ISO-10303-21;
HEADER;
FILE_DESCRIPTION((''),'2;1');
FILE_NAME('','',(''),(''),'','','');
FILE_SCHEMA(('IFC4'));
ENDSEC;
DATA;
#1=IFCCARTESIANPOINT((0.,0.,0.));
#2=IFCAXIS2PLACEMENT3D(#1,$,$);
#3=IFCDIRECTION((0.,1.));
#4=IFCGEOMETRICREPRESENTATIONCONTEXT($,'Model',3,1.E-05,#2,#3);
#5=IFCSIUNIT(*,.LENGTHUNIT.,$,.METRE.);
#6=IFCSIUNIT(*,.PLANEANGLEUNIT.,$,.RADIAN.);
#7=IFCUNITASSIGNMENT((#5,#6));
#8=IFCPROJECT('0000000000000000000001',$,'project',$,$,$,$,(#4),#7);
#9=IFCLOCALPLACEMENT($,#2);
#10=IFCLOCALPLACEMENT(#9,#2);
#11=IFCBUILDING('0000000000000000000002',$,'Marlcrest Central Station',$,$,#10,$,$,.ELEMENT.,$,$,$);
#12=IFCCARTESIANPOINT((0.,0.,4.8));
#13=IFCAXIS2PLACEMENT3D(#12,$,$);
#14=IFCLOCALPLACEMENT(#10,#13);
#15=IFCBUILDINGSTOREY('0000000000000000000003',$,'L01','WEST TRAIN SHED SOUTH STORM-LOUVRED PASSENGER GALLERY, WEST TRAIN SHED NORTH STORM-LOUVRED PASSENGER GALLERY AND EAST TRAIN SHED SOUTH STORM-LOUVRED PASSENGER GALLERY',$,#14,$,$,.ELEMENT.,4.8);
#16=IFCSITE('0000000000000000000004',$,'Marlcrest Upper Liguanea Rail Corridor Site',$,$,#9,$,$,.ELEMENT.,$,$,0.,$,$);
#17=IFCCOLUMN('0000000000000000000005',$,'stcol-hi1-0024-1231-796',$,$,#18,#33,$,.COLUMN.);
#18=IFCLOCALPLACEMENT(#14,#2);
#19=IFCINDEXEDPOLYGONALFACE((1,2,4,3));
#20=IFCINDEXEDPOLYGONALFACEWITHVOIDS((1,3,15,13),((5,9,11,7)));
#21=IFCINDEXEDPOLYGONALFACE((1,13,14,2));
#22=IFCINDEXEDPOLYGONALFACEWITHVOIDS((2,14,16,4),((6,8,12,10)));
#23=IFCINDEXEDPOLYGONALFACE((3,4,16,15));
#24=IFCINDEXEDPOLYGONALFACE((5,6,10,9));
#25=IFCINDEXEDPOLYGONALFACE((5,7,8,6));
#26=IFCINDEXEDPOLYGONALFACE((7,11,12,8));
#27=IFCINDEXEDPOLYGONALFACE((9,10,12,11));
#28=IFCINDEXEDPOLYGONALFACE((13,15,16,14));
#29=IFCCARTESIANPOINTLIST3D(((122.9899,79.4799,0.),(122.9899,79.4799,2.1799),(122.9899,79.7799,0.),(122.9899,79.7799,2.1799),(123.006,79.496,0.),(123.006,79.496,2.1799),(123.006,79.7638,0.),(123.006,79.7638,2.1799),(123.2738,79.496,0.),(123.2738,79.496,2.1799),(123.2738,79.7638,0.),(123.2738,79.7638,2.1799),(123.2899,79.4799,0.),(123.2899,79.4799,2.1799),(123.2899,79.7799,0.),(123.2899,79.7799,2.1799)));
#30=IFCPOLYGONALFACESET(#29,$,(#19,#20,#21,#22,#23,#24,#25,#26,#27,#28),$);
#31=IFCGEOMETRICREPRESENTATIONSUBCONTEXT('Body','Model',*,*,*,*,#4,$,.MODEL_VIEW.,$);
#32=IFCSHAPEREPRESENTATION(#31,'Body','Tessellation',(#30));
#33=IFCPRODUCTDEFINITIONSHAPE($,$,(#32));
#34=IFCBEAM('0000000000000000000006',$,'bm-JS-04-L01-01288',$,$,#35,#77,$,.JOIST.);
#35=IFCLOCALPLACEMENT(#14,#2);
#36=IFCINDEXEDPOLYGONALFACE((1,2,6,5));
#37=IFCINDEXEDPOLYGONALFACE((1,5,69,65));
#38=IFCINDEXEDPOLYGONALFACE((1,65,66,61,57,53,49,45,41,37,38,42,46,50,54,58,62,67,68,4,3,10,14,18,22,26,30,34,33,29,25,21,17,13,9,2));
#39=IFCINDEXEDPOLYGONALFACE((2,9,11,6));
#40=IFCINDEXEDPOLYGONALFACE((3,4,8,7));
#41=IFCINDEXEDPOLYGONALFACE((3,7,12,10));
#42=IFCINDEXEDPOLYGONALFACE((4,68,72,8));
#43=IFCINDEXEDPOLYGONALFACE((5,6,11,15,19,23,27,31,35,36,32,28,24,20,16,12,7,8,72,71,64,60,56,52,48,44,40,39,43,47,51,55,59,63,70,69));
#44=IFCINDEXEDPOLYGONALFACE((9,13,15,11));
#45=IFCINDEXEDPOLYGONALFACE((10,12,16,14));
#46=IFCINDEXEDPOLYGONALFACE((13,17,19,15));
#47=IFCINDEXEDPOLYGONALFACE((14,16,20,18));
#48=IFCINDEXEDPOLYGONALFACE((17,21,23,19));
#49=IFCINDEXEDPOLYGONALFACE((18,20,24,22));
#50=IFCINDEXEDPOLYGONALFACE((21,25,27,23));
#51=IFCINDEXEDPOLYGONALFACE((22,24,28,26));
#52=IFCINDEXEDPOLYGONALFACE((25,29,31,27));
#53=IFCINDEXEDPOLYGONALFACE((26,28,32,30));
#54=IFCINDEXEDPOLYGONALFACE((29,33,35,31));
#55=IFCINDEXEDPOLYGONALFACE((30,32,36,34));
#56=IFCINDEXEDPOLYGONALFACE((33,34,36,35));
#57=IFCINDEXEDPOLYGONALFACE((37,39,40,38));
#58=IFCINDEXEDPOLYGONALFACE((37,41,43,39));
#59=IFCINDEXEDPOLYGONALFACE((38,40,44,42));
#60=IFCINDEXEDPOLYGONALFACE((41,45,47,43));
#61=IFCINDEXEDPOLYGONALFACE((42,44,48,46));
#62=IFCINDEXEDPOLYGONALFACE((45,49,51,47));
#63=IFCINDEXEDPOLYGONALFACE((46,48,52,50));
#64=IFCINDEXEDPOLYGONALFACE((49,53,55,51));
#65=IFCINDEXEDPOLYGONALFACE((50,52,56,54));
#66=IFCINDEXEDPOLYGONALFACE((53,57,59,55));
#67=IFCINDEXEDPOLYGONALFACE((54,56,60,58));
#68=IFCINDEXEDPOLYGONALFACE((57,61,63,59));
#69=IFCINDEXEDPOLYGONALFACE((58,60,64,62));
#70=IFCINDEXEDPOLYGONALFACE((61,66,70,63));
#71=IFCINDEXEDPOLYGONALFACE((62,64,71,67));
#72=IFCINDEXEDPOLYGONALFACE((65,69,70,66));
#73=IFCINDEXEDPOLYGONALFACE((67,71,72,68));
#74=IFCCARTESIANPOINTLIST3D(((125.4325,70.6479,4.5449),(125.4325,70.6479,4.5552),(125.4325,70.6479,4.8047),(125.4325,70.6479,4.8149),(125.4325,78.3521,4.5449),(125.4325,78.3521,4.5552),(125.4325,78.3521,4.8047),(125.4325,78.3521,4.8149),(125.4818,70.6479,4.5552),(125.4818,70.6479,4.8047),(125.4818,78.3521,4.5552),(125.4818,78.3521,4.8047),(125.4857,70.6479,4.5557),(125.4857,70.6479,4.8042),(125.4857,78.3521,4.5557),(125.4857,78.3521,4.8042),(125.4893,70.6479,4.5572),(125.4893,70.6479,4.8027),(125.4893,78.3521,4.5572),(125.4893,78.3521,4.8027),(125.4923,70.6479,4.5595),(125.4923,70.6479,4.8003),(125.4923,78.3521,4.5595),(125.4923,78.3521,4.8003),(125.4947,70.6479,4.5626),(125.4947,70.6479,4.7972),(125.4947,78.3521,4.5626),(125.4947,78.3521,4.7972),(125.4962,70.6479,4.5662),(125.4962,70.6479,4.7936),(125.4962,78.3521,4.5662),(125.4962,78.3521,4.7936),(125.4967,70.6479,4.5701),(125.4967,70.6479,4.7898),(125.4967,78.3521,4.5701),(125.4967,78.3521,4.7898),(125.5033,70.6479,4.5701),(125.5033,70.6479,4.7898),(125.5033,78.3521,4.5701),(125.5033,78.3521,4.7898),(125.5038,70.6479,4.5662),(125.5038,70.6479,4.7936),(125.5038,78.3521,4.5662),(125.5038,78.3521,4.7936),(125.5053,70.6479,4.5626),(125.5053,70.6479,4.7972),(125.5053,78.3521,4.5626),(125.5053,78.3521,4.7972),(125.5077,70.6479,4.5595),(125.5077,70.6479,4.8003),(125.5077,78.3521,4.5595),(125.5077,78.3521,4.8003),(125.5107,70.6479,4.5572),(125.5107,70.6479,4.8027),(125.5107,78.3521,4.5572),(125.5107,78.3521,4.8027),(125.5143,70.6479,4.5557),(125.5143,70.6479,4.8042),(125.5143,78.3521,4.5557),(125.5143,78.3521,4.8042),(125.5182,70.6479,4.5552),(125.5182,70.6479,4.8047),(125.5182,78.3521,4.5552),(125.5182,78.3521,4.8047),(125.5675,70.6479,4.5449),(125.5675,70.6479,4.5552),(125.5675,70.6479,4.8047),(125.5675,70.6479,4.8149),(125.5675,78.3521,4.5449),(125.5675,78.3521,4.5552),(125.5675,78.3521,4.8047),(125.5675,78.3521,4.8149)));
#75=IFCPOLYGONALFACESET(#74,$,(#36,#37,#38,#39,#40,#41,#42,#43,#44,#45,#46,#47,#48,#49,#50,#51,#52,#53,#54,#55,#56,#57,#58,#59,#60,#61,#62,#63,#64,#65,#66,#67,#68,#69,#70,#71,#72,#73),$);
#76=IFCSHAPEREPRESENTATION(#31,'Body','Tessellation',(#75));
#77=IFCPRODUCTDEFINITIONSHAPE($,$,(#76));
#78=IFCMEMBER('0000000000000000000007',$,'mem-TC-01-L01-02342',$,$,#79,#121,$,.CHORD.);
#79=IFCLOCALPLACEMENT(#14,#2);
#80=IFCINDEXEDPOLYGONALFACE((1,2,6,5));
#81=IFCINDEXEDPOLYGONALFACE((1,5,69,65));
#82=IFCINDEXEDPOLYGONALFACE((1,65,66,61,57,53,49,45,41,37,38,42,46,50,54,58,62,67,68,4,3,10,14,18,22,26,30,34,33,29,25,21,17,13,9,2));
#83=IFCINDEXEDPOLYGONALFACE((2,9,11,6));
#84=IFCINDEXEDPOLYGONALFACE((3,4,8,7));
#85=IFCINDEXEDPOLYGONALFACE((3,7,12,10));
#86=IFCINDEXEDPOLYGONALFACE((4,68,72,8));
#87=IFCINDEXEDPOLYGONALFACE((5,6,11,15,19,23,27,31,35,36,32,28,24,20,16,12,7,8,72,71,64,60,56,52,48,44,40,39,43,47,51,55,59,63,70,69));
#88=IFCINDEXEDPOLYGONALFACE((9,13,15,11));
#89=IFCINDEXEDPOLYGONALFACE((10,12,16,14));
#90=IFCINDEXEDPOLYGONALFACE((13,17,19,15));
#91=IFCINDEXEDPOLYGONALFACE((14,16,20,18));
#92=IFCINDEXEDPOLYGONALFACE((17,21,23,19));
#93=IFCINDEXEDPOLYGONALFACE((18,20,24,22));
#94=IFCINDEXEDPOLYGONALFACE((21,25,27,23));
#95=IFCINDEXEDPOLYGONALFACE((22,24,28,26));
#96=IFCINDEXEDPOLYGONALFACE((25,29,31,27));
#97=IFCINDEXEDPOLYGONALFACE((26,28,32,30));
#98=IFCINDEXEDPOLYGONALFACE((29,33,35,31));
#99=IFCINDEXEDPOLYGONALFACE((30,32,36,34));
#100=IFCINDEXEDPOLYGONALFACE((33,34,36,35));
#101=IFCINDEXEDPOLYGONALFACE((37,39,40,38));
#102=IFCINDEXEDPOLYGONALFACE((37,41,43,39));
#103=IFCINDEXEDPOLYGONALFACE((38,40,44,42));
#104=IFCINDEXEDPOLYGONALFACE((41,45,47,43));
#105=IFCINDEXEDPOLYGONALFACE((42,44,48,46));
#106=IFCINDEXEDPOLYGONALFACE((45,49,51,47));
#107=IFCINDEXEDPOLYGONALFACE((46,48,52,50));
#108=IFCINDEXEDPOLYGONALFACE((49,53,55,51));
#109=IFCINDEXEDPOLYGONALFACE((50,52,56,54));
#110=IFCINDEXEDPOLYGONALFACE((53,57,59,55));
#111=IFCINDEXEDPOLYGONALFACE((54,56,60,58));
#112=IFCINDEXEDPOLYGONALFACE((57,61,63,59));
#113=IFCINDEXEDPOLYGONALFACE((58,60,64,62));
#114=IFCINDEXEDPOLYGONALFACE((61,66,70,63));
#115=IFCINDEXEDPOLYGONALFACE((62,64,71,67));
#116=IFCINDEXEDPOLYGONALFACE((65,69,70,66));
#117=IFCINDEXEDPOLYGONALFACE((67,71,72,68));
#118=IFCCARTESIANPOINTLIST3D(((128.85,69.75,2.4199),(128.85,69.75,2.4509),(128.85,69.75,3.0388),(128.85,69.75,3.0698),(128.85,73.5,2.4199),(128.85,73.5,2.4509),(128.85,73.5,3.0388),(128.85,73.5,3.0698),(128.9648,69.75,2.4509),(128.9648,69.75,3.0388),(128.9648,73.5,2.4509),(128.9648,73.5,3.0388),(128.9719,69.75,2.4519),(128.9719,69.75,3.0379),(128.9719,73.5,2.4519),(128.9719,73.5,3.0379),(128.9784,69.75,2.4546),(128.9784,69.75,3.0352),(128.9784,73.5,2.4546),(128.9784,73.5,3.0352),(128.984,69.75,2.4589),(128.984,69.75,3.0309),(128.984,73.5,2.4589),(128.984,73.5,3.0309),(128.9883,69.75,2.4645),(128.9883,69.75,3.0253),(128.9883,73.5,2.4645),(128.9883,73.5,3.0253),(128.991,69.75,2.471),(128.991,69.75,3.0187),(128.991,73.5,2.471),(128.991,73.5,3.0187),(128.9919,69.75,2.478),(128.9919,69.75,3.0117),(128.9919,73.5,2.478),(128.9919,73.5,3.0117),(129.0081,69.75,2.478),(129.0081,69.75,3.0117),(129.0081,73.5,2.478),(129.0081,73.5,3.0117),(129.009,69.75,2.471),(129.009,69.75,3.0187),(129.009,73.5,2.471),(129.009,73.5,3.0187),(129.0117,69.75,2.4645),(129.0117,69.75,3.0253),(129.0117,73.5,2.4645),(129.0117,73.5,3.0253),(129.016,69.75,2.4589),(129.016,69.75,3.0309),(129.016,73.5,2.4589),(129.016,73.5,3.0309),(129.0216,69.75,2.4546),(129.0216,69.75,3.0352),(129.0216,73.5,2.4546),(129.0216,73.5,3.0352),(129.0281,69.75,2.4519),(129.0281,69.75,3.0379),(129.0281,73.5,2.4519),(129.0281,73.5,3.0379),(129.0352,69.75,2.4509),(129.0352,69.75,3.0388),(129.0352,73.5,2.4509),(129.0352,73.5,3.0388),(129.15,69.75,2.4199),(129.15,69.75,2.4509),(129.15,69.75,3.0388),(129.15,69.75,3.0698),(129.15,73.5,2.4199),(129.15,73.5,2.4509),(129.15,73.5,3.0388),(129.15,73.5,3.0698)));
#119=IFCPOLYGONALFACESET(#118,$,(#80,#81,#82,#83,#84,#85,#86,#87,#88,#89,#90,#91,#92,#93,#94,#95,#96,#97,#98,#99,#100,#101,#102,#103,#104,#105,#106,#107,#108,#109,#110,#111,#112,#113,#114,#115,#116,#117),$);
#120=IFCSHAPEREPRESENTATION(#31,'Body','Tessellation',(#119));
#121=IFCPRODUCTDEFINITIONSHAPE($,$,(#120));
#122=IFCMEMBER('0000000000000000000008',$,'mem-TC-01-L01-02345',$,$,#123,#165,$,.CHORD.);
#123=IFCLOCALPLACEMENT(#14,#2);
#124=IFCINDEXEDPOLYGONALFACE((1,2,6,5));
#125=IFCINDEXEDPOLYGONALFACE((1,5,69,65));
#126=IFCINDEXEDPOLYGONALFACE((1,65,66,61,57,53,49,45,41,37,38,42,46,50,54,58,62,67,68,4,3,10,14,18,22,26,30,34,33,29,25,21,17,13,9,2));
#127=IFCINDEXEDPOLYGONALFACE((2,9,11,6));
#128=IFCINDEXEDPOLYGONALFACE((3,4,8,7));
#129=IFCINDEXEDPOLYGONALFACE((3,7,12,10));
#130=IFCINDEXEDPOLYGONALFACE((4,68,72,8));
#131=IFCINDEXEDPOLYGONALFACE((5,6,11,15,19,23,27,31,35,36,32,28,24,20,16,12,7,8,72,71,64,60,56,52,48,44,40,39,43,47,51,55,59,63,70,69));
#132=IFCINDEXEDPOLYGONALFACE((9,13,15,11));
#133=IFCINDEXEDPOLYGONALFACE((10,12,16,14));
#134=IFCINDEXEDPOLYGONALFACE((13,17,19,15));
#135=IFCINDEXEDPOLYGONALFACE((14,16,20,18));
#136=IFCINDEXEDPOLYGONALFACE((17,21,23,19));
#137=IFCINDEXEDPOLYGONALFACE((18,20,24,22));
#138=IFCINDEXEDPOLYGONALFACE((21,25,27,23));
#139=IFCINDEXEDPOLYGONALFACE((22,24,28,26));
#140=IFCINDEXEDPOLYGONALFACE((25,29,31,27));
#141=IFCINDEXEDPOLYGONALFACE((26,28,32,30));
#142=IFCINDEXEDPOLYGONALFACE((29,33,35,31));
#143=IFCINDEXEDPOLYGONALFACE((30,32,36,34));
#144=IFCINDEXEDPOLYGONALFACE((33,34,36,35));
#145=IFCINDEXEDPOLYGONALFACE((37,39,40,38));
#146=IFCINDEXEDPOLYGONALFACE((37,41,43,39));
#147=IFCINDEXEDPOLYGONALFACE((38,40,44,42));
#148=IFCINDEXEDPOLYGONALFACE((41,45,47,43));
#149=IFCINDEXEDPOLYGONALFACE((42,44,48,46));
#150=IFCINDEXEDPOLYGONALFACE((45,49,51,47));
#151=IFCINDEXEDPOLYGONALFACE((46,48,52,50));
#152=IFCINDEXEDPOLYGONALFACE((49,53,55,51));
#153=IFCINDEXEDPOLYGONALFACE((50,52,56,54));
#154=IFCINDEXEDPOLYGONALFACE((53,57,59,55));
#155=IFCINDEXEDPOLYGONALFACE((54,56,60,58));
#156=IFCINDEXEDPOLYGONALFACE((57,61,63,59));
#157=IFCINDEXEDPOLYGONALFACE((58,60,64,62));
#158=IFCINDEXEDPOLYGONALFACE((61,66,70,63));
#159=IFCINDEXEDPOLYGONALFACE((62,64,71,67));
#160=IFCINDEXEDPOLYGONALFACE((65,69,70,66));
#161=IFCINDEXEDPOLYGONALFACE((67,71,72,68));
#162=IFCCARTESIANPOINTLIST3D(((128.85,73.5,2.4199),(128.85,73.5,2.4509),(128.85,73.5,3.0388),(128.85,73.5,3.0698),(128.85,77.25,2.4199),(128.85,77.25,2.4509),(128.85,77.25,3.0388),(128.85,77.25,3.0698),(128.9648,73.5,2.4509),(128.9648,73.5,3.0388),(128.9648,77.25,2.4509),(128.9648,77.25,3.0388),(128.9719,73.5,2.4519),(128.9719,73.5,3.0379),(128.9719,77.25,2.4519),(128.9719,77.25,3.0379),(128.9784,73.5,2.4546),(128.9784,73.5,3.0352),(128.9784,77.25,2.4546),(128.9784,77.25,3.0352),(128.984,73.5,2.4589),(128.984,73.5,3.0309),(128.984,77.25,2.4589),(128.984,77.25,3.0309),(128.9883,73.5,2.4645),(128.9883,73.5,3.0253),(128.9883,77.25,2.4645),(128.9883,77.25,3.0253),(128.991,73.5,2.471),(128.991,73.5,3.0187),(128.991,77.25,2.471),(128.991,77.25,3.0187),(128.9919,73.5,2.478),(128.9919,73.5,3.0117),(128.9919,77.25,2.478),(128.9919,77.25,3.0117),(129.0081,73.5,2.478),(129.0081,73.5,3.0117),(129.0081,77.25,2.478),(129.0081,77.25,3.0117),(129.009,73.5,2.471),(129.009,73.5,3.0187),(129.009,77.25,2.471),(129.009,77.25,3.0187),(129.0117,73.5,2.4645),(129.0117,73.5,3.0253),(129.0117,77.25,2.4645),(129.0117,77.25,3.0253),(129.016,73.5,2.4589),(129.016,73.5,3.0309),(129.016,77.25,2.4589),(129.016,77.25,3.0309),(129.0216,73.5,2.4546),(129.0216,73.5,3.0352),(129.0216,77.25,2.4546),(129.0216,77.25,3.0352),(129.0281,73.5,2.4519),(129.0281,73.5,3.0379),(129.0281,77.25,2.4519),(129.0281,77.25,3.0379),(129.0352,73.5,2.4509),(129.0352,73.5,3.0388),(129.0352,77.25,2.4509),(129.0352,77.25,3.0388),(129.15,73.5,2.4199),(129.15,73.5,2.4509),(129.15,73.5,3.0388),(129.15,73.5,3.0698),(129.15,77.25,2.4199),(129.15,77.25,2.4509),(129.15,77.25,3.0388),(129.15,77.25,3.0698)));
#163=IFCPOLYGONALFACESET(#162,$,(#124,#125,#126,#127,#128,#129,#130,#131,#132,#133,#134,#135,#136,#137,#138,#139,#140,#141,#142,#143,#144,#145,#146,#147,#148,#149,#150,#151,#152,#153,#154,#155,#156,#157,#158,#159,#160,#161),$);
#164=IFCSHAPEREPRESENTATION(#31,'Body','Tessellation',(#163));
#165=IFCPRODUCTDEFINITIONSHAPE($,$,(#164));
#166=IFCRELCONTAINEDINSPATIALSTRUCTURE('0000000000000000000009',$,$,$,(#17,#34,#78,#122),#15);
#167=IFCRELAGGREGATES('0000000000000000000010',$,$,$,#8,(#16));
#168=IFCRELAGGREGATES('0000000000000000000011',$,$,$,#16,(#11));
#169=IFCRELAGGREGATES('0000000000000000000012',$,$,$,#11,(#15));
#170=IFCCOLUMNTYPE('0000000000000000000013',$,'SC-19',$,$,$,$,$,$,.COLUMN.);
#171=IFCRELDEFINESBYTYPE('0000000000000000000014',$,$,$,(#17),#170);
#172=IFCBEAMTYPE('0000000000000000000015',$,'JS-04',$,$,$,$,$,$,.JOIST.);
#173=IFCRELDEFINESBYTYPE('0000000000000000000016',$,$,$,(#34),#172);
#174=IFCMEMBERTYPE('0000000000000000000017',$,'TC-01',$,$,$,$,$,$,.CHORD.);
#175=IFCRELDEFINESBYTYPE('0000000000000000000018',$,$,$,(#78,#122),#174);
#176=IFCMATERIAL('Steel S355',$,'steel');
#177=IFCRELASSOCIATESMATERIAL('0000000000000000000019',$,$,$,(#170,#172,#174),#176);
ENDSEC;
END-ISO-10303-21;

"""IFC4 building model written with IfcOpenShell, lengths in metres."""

from ifc_helpers import new_model, si_unit, direction, frame, origin, origin_2d, place, context, subcontext, project, spatial, hollow_rectangle, i_section, extrude, material, material_profile, profile_set, type_object, element, save


model = new_model("IFC4")

# Units and contexts
model_context = context("Model", 3, precision=1e-05, world=origin(), true_north=direction((0.0, 1.0)))
body_context = subcontext(model_context, "Body", "Model", "MODEL_VIEW")
ifc_project = project(units=[si_unit("LENGTHUNIT", "METRE"), si_unit("PLANEANGLEUNIT", "RADIAN")], contexts=[model_context])

# Site, building, storey
site_placement = place(None, origin())
site = spatial("IfcSite", under=ifc_project, at=site_placement, Name="Marlcrest Upper Liguanea Rail Corridor Site", CompositionType="ELEMENT", RefElevation=0.0)
building_placement = place(site_placement, origin())
building = spatial("IfcBuilding", under=site, at=building_placement, Name="Marlcrest Central Station", CompositionType="ELEMENT")
storey_placement = place(building_placement, frame((0.0, 0.0, 4.8)))
storey = spatial("IfcBuildingStorey", under=building, at=storey_placement, Name="L01", Description="WEST TRAIN SHED SOUTH STORM-LOUVRED PASSENGER GALLERY, WEST TRAIN SHED NORTH STORM-LOUVRED PASSENGER GALLERY AND EAST TRAIN SHED SOUTH STORM-LOUVRED PASSENGER GALLERY", CompositionType="ELEMENT", Elevation=4.8)

# Column
ifc_material = material(Name="Steel S355", Category="steel")
ifc_material_profile_1 = material_profile(ifc_material, hollow_rectangle(XDim=0.3, YDim=0.3, WallThickness=0.0161, at=origin_2d()), Name="SHS 300x300x16")
ifc_profile_set_1 = profile_set([ifc_material_profile_1], Name="Steel S355")
column_type = type_object("IfcColumnType", Name="SC-19", PredefinedType="COLUMN", material=ifc_profile_set_1)
column_placement = place(storey_placement, frame((123.1399, 79.6299, 0.0), z_axis=(0.0, 0.0, 1.0), x_axis=(1.0, 0.0, 0.0)))
element("IfcColumn", 1, at=column_placement, inside=storey, type_object=column_type, Name="stcol-hi1-0024-1231-796", PredefinedType="COLUMN", context=body_context, shape_type="SweptSolid", body=[
    extrude(hollow_rectangle(XDim=0.3, YDim=0.3, WallThickness=0.0161, at=origin_2d()), origin(), (0.0, 0.0, 1.0), 2.1799),
])

# Beam
ifc_material_profile_2 = material_profile(ifc_material, i_section(OverallWidth=0.135, OverallDepth=0.27, WebThickness=0.0066, FlangeThickness=0.0103, FilletRadius=0.0149, at=origin_2d()), Name="IPE 270")
ifc_profile_set_2 = profile_set([ifc_material_profile_2], Name="Steel S355")
beam_type = type_object("IfcBeamType", Name="JS-04", PredefinedType="JOIST", material=ifc_profile_set_2)
beam_placement = place(storey_placement, frame((125.5, 70.6479, 4.6799), z_axis=(0.0, 1.0, 0.0), x_axis=(-1.0, 0.0, 0.0)))
element("IfcBeam", 2, at=beam_placement, inside=storey, type_object=beam_type, Name="bm-JS-04-L01-01288", PredefinedType="JOIST", context=body_context, shape_type="SweptSolid", body=[
    extrude(i_section(OverallWidth=0.135, OverallDepth=0.27, WebThickness=0.0066, FlangeThickness=0.0103, FilletRadius=0.0149, at=origin_2d()), origin(), (0.0, 0.0, 1.0), 7.7041),
])

# Members
ifc_material_profile_3 = material_profile(ifc_material, i_section(OverallWidth=0.3, OverallDepth=0.6499, WebThickness=0.0161, FlangeThickness=0.031, FilletRadius=0.0271, at=origin_2d()), Name="HEB 650")
ifc_profile_set_3 = profile_set([ifc_material_profile_3], Name="Steel S355")
member_type_1 = type_object("IfcMemberType", Name="TC-01", PredefinedType="CHORD", material=ifc_profile_set_3)
for number, where, z_axis, x_axis, name in (
    (3, (129.0, 69.75, 2.7449), (0.0, 1.0, 0.0), (-1.0, 0.0, 0.0), "mem-TC-01-L01-02342"),
    (4, (129.0, 73.5, 2.7449), (0.0, 1.0, 0.0), (-1.0, 0.0, 0.0), "mem-TC-01-L01-02345"),
):
    element("IfcMember", number, at=place(storey_placement, frame(where, z_axis=z_axis, x_axis=x_axis)), inside=storey, type_object=member_type_1, Name=name, PredefinedType="CHORD", context=body_context, shape_type="SweptSolid", body=[
        extrude(i_section(OverallWidth=0.3, OverallDepth=0.6499, WebThickness=0.0161, FlangeThickness=0.031, FilletRadius=0.0271, at=origin_2d()), origin(), (0.0, 0.0, 1.0), 3.75),
    ])

save(model, "model.ifc")
